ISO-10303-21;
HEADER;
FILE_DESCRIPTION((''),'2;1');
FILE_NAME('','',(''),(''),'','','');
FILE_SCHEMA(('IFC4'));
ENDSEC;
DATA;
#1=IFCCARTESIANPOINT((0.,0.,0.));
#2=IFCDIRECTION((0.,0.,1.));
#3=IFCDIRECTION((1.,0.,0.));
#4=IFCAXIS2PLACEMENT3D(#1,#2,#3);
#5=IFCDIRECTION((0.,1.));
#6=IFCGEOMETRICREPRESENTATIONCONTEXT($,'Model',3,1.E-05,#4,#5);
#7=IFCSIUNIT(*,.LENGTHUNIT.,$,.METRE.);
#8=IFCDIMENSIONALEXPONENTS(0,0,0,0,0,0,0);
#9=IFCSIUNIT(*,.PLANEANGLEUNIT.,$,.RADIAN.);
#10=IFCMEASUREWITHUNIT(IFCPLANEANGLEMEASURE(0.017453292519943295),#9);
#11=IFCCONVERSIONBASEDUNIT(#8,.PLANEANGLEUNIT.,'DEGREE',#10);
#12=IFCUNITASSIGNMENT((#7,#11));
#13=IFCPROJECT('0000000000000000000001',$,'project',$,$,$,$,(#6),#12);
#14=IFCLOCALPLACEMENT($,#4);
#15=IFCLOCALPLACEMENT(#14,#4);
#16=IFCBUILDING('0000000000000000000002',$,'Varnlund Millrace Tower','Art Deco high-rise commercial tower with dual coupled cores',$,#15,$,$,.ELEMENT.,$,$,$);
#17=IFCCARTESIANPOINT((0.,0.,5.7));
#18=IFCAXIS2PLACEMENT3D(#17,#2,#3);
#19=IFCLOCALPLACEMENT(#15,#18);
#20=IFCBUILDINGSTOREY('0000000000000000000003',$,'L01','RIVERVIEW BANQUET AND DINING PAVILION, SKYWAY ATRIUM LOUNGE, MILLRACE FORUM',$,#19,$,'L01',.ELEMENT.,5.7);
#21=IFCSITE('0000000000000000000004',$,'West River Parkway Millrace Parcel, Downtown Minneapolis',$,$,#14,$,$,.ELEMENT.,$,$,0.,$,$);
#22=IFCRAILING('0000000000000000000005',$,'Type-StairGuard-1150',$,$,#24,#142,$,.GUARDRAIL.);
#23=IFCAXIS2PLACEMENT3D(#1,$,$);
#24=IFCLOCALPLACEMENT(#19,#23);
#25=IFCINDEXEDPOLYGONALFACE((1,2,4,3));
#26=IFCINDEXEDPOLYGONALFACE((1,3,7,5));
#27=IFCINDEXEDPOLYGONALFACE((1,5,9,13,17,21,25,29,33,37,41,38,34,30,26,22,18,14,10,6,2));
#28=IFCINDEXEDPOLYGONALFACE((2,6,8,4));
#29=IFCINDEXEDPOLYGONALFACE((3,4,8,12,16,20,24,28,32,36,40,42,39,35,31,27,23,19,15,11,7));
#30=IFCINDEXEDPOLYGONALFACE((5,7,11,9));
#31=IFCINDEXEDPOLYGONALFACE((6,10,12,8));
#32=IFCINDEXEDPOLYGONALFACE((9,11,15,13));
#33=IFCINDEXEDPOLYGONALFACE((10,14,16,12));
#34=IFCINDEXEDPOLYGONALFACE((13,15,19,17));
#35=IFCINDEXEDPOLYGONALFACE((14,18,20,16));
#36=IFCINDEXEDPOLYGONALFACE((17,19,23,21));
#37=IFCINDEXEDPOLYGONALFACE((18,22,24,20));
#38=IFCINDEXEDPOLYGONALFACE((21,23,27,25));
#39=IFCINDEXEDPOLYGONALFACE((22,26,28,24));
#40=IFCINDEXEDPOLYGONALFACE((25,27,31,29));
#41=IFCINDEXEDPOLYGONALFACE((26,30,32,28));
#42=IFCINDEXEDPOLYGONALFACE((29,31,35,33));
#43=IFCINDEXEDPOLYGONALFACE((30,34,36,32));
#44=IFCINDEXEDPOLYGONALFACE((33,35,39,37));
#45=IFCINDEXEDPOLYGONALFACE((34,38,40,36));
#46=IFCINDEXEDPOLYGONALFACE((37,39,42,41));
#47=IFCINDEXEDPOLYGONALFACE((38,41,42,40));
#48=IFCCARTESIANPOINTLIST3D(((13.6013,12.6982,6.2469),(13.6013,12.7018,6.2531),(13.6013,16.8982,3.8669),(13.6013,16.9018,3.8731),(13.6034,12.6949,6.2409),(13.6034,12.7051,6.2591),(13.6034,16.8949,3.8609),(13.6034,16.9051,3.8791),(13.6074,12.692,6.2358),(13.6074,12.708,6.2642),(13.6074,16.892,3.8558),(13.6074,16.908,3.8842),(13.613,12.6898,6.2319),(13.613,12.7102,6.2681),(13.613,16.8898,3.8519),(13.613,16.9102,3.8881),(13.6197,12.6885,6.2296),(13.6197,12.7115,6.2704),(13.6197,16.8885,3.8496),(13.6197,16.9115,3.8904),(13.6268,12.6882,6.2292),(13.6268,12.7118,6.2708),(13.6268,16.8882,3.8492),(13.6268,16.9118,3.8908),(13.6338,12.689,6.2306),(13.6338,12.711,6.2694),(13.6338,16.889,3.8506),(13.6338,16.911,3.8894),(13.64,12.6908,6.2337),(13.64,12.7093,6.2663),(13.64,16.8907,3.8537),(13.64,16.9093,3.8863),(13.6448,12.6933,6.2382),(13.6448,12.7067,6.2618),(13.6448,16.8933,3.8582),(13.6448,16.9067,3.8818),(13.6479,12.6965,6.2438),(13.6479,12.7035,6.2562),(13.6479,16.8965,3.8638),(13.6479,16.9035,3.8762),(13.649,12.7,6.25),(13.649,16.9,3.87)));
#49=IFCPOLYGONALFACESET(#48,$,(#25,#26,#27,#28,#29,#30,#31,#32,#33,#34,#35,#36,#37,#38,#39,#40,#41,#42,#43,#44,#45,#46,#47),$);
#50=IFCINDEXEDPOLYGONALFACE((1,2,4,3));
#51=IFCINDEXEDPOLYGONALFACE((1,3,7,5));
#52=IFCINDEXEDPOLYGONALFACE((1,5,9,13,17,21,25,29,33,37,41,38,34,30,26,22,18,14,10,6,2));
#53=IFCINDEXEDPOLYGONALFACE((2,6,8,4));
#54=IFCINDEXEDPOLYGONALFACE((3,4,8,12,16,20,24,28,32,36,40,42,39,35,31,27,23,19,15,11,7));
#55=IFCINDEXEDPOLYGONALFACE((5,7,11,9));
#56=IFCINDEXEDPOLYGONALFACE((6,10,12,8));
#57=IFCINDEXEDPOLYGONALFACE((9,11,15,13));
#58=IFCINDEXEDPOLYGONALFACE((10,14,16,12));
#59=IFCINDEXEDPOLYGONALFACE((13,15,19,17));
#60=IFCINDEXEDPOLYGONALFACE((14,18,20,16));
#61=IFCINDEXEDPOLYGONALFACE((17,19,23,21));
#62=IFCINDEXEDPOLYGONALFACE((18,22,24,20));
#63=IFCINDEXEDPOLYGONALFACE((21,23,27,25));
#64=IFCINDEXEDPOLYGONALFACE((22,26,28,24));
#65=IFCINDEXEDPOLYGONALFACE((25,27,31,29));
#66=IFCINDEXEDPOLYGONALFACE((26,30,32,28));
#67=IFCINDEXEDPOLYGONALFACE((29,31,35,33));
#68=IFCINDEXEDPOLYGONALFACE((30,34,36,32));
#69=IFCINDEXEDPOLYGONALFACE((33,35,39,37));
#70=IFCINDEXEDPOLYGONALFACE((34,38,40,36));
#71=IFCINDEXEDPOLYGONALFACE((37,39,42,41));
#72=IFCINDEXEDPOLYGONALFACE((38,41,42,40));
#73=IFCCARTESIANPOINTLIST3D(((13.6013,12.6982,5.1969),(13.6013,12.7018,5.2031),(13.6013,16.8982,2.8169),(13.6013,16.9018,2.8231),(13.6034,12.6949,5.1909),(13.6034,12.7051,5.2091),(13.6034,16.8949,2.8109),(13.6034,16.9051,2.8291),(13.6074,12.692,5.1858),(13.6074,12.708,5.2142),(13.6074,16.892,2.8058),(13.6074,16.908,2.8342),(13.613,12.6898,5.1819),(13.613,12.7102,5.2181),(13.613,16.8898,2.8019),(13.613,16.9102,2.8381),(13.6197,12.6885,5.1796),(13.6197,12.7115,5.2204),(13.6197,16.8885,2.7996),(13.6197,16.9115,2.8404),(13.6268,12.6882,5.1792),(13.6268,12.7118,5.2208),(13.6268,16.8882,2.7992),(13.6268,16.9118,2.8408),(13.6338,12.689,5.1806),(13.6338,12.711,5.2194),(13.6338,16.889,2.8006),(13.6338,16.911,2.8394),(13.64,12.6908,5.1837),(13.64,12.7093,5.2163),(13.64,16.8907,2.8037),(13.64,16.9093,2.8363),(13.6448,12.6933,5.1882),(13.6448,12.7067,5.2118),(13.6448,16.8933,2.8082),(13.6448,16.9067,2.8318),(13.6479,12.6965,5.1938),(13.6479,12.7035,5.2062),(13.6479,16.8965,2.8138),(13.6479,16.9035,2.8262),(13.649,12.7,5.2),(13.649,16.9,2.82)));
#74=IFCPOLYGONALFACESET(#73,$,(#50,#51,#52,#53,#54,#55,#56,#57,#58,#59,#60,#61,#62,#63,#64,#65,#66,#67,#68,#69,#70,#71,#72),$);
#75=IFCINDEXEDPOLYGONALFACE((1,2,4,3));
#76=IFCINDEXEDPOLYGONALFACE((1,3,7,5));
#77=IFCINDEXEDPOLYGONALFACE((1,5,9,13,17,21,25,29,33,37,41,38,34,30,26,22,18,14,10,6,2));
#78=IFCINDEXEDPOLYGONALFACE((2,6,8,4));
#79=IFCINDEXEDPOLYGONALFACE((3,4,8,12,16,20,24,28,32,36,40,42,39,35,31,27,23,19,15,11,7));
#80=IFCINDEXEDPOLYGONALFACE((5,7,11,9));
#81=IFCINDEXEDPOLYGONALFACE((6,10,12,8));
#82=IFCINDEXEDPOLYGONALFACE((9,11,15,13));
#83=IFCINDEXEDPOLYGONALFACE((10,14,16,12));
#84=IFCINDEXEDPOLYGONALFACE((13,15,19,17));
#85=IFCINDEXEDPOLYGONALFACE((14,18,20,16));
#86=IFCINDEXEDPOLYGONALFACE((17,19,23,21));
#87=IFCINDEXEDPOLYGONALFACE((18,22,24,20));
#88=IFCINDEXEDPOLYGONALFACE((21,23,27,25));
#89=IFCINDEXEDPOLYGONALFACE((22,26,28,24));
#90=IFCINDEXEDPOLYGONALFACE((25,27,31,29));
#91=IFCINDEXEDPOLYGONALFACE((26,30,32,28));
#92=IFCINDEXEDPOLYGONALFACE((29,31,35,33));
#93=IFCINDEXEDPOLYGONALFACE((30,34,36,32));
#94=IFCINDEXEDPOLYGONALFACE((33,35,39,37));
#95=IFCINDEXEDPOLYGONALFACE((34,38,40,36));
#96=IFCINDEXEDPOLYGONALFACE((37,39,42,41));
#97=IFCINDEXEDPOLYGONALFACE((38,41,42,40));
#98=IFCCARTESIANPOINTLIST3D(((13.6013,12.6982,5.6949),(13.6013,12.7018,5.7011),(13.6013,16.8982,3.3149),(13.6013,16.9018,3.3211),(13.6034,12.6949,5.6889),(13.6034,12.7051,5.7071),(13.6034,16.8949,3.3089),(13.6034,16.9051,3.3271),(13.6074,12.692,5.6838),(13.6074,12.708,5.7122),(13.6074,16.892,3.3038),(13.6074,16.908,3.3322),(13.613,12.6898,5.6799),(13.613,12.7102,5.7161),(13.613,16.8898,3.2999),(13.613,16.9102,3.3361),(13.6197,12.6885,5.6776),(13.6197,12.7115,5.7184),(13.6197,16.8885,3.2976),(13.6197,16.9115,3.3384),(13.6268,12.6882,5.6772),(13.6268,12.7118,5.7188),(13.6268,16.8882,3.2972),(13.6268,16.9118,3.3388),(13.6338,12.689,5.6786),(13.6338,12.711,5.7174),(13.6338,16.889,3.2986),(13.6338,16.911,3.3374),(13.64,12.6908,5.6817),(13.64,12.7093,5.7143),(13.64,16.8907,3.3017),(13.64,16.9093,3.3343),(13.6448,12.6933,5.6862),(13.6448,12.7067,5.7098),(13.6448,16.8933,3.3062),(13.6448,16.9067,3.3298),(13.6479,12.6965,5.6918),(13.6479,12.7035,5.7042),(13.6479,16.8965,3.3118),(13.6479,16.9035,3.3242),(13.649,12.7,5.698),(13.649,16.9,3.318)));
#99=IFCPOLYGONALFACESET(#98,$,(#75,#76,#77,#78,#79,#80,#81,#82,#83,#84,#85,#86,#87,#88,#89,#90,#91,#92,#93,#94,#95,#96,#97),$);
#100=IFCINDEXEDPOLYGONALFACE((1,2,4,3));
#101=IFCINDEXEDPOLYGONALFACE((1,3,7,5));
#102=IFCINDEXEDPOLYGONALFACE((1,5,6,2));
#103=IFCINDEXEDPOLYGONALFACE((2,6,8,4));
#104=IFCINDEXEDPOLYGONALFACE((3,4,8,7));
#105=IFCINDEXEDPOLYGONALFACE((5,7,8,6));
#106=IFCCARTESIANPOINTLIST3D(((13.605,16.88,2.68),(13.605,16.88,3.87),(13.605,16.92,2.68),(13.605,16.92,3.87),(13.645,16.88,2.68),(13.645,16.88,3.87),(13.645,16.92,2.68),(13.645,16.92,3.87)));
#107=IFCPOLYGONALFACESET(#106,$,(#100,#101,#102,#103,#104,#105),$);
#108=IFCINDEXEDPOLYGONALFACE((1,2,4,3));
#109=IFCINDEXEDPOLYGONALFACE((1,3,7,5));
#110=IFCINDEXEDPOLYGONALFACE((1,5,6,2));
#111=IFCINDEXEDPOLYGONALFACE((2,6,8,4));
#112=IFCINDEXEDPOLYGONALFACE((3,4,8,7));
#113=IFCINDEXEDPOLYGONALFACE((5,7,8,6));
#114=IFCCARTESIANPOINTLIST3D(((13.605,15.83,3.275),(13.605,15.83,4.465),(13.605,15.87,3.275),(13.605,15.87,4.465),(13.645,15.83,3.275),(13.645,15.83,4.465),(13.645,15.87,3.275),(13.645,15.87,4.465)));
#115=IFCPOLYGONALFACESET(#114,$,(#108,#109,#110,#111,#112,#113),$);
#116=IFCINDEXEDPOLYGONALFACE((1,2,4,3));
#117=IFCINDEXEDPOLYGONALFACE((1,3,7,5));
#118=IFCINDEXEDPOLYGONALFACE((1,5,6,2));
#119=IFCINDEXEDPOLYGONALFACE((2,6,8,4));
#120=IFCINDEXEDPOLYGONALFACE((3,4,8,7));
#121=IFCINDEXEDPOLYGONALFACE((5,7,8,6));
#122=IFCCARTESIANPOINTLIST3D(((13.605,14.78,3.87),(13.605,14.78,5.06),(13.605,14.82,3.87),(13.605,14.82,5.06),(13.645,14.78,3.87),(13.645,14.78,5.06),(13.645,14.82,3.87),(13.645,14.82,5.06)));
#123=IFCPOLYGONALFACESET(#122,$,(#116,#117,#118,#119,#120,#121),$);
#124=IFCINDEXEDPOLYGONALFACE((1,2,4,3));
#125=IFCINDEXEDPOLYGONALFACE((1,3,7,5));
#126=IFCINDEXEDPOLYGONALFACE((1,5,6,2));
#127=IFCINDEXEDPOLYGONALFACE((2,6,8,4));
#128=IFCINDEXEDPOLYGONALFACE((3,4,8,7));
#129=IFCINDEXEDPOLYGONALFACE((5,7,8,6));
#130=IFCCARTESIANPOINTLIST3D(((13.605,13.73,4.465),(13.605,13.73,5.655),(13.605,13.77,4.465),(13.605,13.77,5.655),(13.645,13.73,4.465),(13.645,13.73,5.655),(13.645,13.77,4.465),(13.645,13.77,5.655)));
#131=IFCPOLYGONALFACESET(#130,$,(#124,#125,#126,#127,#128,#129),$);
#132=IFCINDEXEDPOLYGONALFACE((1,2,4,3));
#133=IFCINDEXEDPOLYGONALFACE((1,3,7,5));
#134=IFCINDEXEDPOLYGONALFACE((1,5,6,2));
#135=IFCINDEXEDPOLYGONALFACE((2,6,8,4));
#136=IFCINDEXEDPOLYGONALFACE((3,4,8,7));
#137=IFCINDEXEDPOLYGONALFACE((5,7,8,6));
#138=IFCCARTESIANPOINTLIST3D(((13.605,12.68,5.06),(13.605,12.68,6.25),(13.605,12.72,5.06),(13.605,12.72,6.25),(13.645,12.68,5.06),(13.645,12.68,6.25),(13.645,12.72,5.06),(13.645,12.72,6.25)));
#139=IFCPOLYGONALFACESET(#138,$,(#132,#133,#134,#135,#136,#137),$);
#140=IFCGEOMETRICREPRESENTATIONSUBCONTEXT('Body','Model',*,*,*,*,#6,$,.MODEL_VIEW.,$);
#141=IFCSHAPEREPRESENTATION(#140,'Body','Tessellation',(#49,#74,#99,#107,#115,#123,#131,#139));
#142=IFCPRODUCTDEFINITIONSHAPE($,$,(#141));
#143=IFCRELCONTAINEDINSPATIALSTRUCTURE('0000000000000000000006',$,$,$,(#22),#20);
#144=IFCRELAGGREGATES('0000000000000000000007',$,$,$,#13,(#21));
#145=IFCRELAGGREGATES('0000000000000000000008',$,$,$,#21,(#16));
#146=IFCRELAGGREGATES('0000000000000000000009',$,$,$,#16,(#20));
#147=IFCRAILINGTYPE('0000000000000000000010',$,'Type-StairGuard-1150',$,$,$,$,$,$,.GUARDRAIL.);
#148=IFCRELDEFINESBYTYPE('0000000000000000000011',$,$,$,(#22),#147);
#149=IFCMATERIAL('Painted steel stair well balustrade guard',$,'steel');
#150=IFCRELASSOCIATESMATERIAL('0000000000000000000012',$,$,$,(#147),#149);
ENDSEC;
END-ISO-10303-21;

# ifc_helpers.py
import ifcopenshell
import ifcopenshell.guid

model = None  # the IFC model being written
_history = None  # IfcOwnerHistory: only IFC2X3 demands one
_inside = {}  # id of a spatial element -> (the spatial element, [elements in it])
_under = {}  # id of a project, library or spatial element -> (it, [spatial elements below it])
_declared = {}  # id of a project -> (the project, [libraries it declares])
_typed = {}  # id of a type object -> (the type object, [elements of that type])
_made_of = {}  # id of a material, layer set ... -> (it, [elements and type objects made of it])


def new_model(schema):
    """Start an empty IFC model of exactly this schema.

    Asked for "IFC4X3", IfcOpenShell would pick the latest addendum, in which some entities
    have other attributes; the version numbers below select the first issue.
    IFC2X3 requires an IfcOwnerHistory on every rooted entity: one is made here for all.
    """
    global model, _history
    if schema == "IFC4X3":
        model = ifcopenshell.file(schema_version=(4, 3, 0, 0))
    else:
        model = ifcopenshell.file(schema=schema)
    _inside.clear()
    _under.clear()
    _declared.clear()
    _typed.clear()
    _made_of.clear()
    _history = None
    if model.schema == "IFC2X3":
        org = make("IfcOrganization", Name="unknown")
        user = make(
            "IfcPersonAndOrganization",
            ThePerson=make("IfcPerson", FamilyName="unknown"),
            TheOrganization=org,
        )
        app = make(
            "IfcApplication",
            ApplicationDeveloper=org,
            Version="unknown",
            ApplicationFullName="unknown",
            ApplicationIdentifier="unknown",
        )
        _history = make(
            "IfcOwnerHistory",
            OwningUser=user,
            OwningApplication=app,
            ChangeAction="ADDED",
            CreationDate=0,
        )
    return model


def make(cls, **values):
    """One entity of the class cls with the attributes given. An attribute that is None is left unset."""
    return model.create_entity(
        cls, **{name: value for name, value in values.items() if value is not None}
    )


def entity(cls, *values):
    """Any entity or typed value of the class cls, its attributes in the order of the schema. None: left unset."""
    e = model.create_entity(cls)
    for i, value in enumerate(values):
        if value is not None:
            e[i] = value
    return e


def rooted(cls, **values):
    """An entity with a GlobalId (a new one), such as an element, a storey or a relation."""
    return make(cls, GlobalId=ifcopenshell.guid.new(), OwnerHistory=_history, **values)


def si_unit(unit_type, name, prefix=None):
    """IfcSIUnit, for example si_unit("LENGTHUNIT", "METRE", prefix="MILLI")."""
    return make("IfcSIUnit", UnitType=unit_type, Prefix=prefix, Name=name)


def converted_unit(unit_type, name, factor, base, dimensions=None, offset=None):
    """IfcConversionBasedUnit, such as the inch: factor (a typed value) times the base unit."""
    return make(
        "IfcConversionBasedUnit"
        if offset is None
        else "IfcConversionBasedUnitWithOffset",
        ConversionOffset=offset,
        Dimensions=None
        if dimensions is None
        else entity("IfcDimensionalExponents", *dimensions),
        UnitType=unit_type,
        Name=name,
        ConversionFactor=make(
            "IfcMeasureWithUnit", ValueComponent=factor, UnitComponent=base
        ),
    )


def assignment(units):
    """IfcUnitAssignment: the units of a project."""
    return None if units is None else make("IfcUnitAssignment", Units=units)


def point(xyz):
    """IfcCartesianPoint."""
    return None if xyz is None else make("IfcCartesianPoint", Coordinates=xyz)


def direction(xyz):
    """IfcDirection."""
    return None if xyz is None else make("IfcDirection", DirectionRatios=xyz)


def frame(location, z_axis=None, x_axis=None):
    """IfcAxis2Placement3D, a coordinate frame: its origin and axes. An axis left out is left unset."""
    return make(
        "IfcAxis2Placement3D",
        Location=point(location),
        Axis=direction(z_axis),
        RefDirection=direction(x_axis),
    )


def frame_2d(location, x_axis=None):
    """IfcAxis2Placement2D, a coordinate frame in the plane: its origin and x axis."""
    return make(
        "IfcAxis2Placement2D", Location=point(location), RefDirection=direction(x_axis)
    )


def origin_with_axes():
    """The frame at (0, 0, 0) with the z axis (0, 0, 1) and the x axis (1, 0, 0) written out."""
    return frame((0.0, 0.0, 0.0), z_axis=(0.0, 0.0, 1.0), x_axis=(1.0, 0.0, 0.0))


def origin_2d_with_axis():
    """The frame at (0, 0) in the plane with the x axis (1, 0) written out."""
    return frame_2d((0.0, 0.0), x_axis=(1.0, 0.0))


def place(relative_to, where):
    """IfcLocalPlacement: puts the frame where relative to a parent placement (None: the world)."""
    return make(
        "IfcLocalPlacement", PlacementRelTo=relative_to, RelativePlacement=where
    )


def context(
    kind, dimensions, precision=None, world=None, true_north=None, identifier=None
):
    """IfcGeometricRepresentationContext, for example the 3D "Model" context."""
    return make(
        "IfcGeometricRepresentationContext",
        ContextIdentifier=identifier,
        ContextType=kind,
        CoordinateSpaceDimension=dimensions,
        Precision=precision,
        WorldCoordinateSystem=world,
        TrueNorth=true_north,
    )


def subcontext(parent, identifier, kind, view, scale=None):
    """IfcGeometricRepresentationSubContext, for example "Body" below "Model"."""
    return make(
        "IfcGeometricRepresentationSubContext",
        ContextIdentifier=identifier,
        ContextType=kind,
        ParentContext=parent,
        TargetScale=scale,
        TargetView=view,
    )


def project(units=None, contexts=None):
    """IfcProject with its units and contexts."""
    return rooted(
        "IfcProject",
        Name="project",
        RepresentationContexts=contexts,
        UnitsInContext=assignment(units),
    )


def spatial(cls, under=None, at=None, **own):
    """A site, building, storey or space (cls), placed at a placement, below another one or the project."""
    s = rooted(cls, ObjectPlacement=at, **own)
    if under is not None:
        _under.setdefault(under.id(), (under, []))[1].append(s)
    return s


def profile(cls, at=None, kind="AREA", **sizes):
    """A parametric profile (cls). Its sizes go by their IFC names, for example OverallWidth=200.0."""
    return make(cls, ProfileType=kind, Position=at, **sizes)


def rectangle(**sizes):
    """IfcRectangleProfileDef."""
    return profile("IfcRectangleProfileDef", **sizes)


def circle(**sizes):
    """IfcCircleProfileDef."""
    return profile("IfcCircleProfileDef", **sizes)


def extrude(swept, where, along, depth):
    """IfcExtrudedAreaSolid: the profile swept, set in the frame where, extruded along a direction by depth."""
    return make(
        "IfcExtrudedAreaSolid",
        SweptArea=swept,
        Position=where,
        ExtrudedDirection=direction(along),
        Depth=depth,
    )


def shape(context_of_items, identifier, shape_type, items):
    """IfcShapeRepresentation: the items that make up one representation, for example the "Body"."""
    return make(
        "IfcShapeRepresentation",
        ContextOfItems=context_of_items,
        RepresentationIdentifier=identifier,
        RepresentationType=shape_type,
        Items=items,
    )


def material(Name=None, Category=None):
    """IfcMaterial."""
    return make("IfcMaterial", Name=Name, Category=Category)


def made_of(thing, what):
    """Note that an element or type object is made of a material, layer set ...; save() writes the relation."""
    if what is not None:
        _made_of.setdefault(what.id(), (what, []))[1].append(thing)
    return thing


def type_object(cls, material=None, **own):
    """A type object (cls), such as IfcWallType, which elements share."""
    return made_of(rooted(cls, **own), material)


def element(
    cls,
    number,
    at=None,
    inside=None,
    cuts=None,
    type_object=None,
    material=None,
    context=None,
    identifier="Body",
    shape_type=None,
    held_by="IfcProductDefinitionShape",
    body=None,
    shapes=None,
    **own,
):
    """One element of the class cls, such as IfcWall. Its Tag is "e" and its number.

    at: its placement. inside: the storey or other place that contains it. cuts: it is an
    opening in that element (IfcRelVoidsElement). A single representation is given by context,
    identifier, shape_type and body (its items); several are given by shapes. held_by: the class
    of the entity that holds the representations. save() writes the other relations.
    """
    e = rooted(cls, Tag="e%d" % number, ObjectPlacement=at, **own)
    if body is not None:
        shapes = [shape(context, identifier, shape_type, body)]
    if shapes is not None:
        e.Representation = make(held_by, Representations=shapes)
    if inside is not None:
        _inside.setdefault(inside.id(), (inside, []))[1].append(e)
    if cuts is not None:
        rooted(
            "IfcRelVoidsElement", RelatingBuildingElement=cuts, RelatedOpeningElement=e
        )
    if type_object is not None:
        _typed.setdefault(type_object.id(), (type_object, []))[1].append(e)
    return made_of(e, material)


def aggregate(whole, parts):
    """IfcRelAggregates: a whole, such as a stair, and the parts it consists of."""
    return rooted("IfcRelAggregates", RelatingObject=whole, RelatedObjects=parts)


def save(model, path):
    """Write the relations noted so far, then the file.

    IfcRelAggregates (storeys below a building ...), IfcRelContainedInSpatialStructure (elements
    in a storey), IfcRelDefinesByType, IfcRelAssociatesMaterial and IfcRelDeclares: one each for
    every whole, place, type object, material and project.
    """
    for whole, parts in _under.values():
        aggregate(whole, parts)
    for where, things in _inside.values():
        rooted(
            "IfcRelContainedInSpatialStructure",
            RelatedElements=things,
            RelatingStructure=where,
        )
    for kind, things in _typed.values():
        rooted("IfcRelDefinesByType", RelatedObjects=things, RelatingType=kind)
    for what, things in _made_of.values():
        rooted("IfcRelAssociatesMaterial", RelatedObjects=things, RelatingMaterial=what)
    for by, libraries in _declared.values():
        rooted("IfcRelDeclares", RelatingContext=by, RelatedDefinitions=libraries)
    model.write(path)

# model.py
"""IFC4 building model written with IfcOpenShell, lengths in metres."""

from ifc_helpers import new_model, entity, si_unit, converted_unit, direction, frame, origin_with_axes, origin_2d_with_axis, place, context, subcontext, project, spatial, rectangle, circle, extrude, material, type_object, element, save


model = new_model("IFC4")

# Units and contexts
model_context = context("Model", 3, precision=1e-05, world=origin_with_axes(), true_north=direction((0.0, 1.0)))
body_context = subcontext(model_context, "Body", "Model", "MODEL_VIEW")
ifc_project = project(units=[si_unit("LENGTHUNIT", "METRE"), converted_unit("PLANEANGLEUNIT", "DEGREE", entity("IfcPlaneAngleMeasure", 0.017453292519943295), si_unit("PLANEANGLEUNIT", "RADIAN"), dimensions=[0, 0, 0, 0, 0, 0, 0])], contexts=[model_context])

# Site, building, storey
site_placement = place(None, origin_with_axes())
site = spatial("IfcSite", under=ifc_project, at=site_placement, Name="West River Parkway Millrace Parcel, Downtown Minneapolis", CompositionType="ELEMENT", RefElevation=0.0)
building_placement = place(site_placement, origin_with_axes())
building = spatial("IfcBuilding", under=site, at=building_placement, Name="Varnlund Millrace Tower", Description="Art Deco high-rise commercial tower with dual coupled cores", CompositionType="ELEMENT")
storey_placement = place(building_placement, frame((0.0, 0.0, 5.7), z_axis=(0.0, 0.0, 1.0), x_axis=(1.0, 0.0, 0.0)))
storey = spatial("IfcBuildingStorey", under=building, at=storey_placement, Name="L01", Description="RIVERVIEW BANQUET AND DINING PAVILION, SKYWAY ATRIUM LOUNGE, MILLRACE FORUM", LongName="L01", CompositionType="ELEMENT", Elevation=5.7)

# Railing
ifc_material_1 = material(Name="Painted steel stair well balustrade guard", Category="steel")
railing_type_1 = type_object("IfcRailingType", Name="Type-StairGuard-1150", PredefinedType="GUARDRAIL", material=ifc_material_1)
railing_1_placement = place(storey_placement, frame((0.0, 0.0, -5.7), z_axis=(0.0, 0.0, 1.0), x_axis=(1.0, 0.0, 0.0)))
element("IfcRailing", 1, at=railing_1_placement, inside=storey, type_object=railing_type_1, Name="Type-StairGuard-1150", PredefinedType="GUARDRAIL", context=body_context, shape_type="SweptSolid", body=[
    extrude(circle(Radius=0.024, at=origin_2d_with_axis()), frame((13.625, 16.9, 9.57), z_axis=(0.0, -0.870022, 0.493013), x_axis=(1.0, 0.0, 0.0)), (0.0, 0.0, 1.0), 4.8275),
    extrude(circle(Radius=0.024, at=origin_2d_with_axis()), frame((13.625, 16.9, 8.52), z_axis=(0.0, -0.870022, 0.493013), x_axis=(1.0, 0.0, 0.0)), (0.0, 0.0, 1.0), 4.8275),
    extrude(circle(Radius=0.024, at=origin_2d_with_axis()), frame((13.625, 16.9, 9.018), z_axis=(0.0, -0.870022, 0.493013), x_axis=(1.0, 0.0, 0.0)), (0.0, 0.0, 1.0), 4.8275),
    extrude(rectangle(XDim=0.04, YDim=0.04, at=origin_2d_with_axis()), frame((13.625, 16.9, 8.38), z_axis=(0.0, 0.0, 1.0), x_axis=(1.0, 0.0, 0.0)), (0.0, 0.0, 1.0), 1.19),
    extrude(rectangle(XDim=0.04, YDim=0.04, at=origin_2d_with_axis()), frame((13.625, 15.85, 8.975), z_axis=(0.0, 0.0, 1.0), x_axis=(1.0, 0.0, 0.0)), (0.0, 0.0, 1.0), 1.19),
    extrude(rectangle(XDim=0.04, YDim=0.04, at=origin_2d_with_axis()), frame((13.625, 14.8, 9.57), z_axis=(0.0, 0.0, 1.0), x_axis=(1.0, 0.0, 0.0)), (0.0, 0.0, 1.0), 1.19),
    extrude(rectangle(XDim=0.04, YDim=0.04, at=origin_2d_with_axis()), frame((13.625, 13.75, 10.165), z_axis=(0.0, 0.0, 1.0), x_axis=(1.0, 0.0, 0.0)), (0.0, 0.0, 1.0), 1.19),
    extrude(rectangle(XDim=0.04, YDim=0.04, at=origin_2d_with_axis()), frame((13.625, 12.7, 10.76), z_axis=(0.0, 0.0, 1.0), x_axis=(1.0, 0.0, 0.0)), (0.0, 0.0, 1.0), 1.19),
])

save(model, "model.ifc")
